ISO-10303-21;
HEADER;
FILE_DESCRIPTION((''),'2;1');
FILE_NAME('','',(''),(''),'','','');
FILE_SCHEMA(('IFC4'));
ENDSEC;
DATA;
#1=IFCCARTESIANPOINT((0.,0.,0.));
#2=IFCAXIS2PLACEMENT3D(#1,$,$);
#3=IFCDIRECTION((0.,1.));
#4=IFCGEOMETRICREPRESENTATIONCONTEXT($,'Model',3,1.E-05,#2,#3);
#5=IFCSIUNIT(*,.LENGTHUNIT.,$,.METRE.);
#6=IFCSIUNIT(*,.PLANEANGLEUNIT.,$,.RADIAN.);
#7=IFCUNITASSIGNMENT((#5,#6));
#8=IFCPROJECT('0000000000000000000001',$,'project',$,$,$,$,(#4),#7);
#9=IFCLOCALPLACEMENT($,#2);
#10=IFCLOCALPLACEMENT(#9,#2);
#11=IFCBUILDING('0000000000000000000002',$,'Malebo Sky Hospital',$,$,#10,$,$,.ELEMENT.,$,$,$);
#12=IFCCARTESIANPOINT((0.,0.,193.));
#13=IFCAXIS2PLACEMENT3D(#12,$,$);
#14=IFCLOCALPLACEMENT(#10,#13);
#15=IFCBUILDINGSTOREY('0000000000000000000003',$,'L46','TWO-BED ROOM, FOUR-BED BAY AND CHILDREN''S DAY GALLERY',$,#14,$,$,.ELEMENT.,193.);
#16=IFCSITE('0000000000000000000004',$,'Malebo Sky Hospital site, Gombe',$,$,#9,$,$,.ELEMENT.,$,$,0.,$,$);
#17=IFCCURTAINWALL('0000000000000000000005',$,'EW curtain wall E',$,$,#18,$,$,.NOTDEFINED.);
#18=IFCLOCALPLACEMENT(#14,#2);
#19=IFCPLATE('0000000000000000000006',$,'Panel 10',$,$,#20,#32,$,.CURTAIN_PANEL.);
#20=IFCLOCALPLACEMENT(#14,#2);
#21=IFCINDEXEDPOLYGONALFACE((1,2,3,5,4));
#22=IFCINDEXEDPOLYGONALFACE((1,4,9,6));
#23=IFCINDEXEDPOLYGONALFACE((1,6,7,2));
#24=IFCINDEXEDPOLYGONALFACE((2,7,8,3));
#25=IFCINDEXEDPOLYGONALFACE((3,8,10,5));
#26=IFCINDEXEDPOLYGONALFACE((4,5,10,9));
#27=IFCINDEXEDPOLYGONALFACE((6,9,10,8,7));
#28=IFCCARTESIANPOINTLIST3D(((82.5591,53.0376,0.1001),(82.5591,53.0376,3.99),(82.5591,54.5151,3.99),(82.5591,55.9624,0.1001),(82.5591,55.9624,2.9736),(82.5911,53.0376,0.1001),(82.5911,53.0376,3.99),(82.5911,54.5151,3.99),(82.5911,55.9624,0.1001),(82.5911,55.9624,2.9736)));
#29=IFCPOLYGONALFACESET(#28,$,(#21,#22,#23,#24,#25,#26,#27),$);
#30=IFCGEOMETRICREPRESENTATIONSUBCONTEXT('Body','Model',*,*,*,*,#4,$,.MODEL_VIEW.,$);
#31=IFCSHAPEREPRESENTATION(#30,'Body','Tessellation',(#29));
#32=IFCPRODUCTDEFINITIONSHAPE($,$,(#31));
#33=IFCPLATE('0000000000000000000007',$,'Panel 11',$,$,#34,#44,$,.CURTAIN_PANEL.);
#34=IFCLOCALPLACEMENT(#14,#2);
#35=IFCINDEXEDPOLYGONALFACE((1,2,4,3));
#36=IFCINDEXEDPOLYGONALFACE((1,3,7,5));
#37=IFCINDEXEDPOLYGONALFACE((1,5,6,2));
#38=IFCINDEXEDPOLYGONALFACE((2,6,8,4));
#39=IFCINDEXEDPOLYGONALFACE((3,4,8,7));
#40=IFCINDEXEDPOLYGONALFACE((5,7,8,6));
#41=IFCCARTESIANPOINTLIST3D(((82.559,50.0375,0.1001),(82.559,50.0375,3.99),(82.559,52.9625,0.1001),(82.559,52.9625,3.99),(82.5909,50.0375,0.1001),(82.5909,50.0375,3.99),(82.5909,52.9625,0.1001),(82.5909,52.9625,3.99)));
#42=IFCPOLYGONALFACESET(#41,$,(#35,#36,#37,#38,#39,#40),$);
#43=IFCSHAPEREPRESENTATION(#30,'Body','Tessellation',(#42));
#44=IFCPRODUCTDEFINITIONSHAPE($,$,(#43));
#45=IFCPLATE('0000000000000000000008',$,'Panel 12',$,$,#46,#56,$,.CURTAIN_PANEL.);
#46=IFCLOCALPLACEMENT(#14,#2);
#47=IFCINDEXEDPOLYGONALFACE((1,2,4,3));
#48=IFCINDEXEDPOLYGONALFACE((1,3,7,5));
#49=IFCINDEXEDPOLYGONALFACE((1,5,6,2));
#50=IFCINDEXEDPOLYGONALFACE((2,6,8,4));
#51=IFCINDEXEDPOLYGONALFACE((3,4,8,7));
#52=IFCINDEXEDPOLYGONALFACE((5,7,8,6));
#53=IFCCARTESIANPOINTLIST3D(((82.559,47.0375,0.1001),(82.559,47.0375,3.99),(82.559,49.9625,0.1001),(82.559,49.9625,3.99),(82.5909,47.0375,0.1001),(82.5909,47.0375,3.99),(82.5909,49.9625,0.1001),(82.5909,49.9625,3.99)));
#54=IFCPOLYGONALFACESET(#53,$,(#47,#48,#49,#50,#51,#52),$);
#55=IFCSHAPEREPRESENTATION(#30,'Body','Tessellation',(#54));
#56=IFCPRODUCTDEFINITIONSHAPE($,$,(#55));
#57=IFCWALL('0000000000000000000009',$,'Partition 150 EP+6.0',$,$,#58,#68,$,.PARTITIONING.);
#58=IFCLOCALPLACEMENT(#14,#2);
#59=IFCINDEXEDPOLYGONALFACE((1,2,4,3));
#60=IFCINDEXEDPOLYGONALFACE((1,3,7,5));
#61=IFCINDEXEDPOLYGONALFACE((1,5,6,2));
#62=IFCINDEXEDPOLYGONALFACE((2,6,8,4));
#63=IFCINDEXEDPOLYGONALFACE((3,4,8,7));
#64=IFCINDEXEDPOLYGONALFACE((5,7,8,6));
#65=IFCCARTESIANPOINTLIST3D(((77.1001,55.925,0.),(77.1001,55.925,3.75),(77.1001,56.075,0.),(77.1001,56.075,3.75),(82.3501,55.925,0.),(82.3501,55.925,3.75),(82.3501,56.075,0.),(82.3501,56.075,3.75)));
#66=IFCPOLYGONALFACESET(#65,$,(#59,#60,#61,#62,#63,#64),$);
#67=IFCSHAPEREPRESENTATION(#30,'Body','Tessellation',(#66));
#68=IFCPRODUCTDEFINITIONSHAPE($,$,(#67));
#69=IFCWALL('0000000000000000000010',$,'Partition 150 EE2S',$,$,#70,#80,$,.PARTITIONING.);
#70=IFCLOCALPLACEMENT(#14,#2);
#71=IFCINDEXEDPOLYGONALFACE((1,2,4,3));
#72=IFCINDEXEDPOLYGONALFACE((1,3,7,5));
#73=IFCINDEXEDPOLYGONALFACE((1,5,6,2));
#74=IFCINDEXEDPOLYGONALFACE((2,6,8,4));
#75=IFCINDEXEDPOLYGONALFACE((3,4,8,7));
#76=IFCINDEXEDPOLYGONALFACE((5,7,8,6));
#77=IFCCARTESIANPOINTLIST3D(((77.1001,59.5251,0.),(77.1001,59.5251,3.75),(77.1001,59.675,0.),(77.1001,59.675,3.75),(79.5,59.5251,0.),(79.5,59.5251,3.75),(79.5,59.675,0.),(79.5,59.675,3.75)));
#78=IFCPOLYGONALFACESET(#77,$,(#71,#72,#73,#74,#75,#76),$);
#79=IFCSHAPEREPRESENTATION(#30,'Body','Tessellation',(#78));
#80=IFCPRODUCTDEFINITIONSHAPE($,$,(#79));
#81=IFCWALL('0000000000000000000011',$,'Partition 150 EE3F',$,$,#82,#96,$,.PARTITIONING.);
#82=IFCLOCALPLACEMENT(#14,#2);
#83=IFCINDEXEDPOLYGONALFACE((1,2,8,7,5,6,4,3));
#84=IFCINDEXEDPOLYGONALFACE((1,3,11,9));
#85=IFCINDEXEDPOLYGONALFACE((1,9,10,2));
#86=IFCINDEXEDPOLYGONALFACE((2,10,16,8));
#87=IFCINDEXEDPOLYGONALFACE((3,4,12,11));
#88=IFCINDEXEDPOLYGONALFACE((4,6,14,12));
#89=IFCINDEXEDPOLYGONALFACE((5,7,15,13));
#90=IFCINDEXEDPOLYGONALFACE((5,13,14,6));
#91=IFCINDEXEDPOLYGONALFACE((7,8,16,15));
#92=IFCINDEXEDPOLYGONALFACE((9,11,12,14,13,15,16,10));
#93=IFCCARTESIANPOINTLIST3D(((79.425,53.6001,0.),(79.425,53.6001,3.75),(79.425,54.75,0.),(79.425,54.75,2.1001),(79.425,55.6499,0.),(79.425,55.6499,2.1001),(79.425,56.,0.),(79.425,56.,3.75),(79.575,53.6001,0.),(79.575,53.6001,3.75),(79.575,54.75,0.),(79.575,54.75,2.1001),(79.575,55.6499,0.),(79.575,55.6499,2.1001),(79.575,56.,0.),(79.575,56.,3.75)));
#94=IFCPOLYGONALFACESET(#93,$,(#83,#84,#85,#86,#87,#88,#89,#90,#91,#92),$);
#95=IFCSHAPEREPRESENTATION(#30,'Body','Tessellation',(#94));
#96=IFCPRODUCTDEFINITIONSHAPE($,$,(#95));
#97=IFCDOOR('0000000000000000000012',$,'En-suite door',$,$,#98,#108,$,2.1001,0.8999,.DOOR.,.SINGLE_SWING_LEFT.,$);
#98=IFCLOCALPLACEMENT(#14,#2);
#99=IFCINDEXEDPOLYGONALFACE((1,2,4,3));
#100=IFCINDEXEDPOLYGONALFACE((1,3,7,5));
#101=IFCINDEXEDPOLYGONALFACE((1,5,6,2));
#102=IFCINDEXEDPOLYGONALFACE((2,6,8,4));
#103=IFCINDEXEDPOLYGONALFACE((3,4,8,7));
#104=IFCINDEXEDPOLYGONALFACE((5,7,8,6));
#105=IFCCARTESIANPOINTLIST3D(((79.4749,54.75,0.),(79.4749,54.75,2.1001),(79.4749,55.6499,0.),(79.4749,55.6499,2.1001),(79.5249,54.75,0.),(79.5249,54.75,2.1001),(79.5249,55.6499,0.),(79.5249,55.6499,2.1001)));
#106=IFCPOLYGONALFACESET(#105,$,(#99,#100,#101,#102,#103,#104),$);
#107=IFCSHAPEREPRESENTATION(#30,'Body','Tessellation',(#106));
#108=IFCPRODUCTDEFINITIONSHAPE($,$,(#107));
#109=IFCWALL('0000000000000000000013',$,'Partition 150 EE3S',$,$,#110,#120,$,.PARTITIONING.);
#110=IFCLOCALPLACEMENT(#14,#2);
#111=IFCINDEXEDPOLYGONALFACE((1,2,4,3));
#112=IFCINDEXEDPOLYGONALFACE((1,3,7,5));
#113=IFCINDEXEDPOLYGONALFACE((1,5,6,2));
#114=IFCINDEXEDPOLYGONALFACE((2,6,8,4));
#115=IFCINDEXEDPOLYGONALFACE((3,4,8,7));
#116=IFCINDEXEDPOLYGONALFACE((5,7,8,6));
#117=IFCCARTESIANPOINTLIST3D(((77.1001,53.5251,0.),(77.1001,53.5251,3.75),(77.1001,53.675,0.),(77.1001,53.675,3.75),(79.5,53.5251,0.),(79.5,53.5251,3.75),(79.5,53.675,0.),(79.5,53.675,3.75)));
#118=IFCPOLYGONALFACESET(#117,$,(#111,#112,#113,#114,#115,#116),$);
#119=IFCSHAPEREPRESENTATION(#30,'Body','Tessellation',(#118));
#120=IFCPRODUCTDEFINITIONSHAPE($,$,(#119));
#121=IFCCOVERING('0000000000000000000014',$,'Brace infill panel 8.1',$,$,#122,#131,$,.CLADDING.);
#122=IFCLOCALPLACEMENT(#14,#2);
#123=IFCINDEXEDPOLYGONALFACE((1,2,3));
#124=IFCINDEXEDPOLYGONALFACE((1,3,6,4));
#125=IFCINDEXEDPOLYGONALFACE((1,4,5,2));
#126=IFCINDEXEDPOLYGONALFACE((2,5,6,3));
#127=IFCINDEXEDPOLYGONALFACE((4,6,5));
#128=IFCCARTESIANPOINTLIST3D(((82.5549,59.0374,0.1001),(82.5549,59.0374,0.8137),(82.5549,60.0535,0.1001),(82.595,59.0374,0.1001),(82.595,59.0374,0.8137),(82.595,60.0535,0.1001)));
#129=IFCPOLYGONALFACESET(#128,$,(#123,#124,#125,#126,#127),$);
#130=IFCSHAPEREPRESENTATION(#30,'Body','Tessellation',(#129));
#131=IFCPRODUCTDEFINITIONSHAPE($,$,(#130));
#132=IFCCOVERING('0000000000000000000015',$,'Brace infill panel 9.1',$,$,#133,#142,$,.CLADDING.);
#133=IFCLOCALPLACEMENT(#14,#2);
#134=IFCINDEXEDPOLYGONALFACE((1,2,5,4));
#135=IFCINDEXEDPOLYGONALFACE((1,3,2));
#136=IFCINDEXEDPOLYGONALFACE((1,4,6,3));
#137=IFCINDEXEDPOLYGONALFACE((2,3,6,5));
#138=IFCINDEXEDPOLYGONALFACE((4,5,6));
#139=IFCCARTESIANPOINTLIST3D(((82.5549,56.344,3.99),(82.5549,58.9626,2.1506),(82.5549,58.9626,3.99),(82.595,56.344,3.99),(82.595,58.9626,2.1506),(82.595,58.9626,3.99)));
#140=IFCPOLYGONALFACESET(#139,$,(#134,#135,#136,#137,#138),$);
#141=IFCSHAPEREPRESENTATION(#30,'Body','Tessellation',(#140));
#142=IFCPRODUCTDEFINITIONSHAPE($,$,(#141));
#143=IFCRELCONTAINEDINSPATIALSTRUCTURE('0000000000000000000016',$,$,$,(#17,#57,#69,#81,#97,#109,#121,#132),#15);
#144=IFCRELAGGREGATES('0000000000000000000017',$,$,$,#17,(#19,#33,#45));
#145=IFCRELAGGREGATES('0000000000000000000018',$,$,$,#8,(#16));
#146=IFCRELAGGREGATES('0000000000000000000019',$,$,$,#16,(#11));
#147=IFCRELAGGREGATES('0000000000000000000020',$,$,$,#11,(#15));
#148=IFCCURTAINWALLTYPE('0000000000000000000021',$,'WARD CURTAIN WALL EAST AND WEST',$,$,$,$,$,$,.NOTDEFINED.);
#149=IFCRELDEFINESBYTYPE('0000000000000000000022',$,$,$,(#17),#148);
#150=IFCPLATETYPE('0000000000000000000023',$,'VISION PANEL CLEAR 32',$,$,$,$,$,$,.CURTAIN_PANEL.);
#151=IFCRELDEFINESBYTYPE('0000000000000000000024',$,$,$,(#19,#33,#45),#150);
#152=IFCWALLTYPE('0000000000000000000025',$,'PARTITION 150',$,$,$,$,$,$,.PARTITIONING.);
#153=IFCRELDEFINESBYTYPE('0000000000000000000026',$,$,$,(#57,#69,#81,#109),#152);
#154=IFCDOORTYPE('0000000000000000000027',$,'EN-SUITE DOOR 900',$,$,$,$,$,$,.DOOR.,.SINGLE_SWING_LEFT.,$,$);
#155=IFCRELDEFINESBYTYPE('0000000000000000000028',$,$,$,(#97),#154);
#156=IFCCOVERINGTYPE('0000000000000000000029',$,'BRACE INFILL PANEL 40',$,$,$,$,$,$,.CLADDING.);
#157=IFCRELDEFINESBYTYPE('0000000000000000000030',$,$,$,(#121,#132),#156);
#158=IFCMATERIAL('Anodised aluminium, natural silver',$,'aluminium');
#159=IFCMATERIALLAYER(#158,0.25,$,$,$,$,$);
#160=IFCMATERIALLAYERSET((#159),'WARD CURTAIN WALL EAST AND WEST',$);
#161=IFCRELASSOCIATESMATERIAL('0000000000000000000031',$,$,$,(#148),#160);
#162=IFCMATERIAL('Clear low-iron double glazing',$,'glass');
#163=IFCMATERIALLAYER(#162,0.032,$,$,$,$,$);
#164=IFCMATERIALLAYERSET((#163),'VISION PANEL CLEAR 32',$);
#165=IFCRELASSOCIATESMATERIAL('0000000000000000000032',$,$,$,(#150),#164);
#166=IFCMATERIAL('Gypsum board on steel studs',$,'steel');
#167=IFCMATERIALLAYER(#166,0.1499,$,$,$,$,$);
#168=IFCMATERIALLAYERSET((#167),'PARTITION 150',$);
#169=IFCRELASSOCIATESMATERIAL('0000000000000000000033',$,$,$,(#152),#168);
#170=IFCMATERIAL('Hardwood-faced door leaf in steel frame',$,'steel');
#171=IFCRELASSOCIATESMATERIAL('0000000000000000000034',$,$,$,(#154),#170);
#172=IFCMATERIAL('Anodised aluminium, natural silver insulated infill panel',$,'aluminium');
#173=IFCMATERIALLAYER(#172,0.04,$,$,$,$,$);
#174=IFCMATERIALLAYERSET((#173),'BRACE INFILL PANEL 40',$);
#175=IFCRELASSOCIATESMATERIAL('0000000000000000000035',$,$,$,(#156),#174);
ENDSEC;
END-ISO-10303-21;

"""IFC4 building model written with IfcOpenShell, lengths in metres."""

from ifc_helpers import new_model, si_unit, direction, frame, frame_2d, origin, origin_2d, place, context, subcontext, project, spatial, polyline, rectangle, outline, extrude, material, layer, layer_set, type_object, element, fill, aggregate, save


model = new_model("IFC4")

# Units and contexts
model_context = context("Model", 3, precision=1e-05, world=origin(), true_north=direction((0.0, 1.0)))
body_context = subcontext(model_context, "Body", "Model", "MODEL_VIEW")
ifc_project = project(units=[si_unit("LENGTHUNIT", "METRE"), si_unit("PLANEANGLEUNIT", "RADIAN")], contexts=[model_context])

# Site, building, storey
site_placement = place(None, origin())
site = spatial("IfcSite", under=ifc_project, at=site_placement, Name="Malebo Sky Hospital site, Gombe", CompositionType="ELEMENT", RefElevation=0.0)
building_placement = place(site_placement, origin())
building = spatial("IfcBuilding", under=site, at=building_placement, Name="Malebo Sky Hospital", CompositionType="ELEMENT")
storey_placement = place(building_placement, frame((0.0, 0.0, 193.0)))
storey = spatial("IfcBuildingStorey", under=building, at=storey_placement, Name="L46", Description="TWO-BED ROOM, FOUR-BED BAY AND CHILDREN'S DAY GALLERY", CompositionType="ELEMENT", Elevation=193.0)

# Curtain wall
ifc_material_1 = material(Name="Anodised aluminium, natural silver", Category="aluminium")
ifc_layer_1 = layer(ifc_material_1, 0.25)
ifc_layer_set_1 = layer_set([ifc_layer_1], Name="WARD CURTAIN WALL EAST AND WEST")
curtain_wall_type = type_object("IfcCurtainWallType", Name="WARD CURTAIN WALL EAST AND WEST", PredefinedType="NOTDEFINED", material=ifc_layer_set_1)
curtain_wall_placement = place(storey_placement, origin())
curtain_wall = element("IfcCurtainWall", 1, at=curtain_wall_placement, inside=storey, type_object=curtain_wall_type, Name="EW curtain wall E", PredefinedType="NOTDEFINED")

# Plates
ifc_material_2 = material(Name="Clear low-iron double glazing", Category="glass")
ifc_layer_2 = layer(ifc_material_2, 0.032)
ifc_layer_set_2 = layer_set([ifc_layer_2], Name="VISION PANEL CLEAR 32")
plate_type = type_object("IfcPlateType", Name="VISION PANEL CLEAR 32", PredefinedType="CURTAIN_PANEL", material=ifc_layer_set_2)
plate_1_placement = place(storey_placement, frame((82.575, 54.5, 0.1001), z_axis=(0.0, 0.0, 1.0), x_axis=(0.0, -1.0, 0.0)))
plate_1 = element("IfcPlate", 2, at=plate_1_placement, type_object=plate_type, Name="Panel 10", PredefinedType="CURTAIN_PANEL", context=body_context, shape_type="SweptSolid", body=[
    extrude(outline(polyline([(-1.4624, 0.0), (1.4624, 0.0), (1.4624, 3.8899), (-0.0151, 3.8899), (-1.4624, 2.8735), (-1.4624, 0.0)])), frame((0.0, 0.0161, 0.0), z_axis=(0.0, -1.0, 0.0), x_axis=(1.0, 0.0, 0.0)), (0.0, 0.0, 1.0), 0.032),
])
plate_2_placement = place(storey_placement, frame((82.575, 51.5, 0.1001), z_axis=(0.0, 0.0, 1.0), x_axis=(0.0, -1.0, 0.0)))
plate_2 = element("IfcPlate", 3, at=plate_2_placement, type_object=plate_type, Name="Panel 11", PredefinedType="CURTAIN_PANEL", context=body_context, shape_type="SweptSolid", body=[
    extrude(rectangle(XDim=2.925, YDim=0.032, at=origin_2d()), origin(), (0.0, 0.0, 1.0), 3.8899),
])
plate_3_placement = place(storey_placement, frame((82.575, 48.5, 0.1001), z_axis=(0.0, 0.0, 1.0), x_axis=(0.0, -1.0, 0.0)))
plate_3 = element("IfcPlate", 4, at=plate_3_placement, type_object=plate_type, Name="Panel 12", PredefinedType="CURTAIN_PANEL", context=body_context, shape_type="SweptSolid", body=[
    extrude(rectangle(XDim=2.925, YDim=0.032, at=origin_2d()), origin(), (0.0, 0.0, 1.0), 3.8899),
])
aggregate(curtain_wall, [plate_1, plate_2, plate_3])

# Walls
ifc_material_3 = material(Name="Gypsum board on steel studs", Category="steel")
ifc_layer_3 = layer(ifc_material_3, 0.1499)
ifc_layer_set_3 = layer_set([ifc_layer_3], Name="PARTITION 150")
wall_type = type_object("IfcWallType", Name="PARTITION 150", PredefinedType="PARTITIONING", material=ifc_layer_set_3)
wall_1_placement = place(storey_placement, frame((77.1001, 56.0, 0.0), z_axis=(0.0, 0.0, 1.0), x_axis=(1.0, 0.0, 0.0)))
element("IfcWall", 5, at=wall_1_placement, inside=storey, type_object=wall_type, Name="Partition 150 EP+6.0", PredefinedType="PARTITIONING", context=body_context, shape_type="SweptSolid", body=[
    extrude(rectangle(XDim=5.25, YDim=0.1499, at=frame_2d((2.625, 0.0))), origin(), (0.0, 0.0, 1.0), 3.75),
])
wall_2_placement = place(storey_placement, frame((77.1001, 59.6001, 0.0), z_axis=(0.0, 0.0, 1.0), x_axis=(1.0, 0.0, 0.0)))
element("IfcWall", 6, at=wall_2_placement, inside=storey, type_object=wall_type, Name="Partition 150 EE2S", PredefinedType="PARTITIONING", context=body_context, shape_type="SweptSolid", body=[
    extrude(rectangle(XDim=2.3999, YDim=0.1499, at=frame_2d((1.2, 0.0))), origin(), (0.0, 0.0, 1.0), 3.75),
])

# Wall, opening, door
wall_3_placement = place(storey_placement, frame((79.5, 56.0, 0.0), z_axis=(0.0, 0.0, 1.0), x_axis=(0.0, -1.0, 0.0)))
wall_3 = element("IfcWall", 7, at=wall_3_placement, inside=storey, type_object=wall_type, Name="Partition 150 EE3F", PredefinedType="PARTITIONING", context=body_context, shape_type="SweptSolid", body=[
    extrude(rectangle(XDim=2.3999, YDim=0.1499, at=frame_2d((1.2, 0.0))), origin(), (0.0, 0.0, 1.0), 3.75),
])
opening_placement = place(wall_3_placement, frame((0.3501, 0.0, 0.0)))
opening = element("IfcOpeningElement", 8, at=opening_placement, cuts=wall_3, PredefinedType="OPENING", context=body_context, shape_type="SweptSolid", body=[
    extrude(rectangle(XDim=0.8999, YDim=2.1001, at=frame_2d((0.45, 1.05))), frame((0.0, 0.085, 0.0), z_axis=(0.0, -1.0, 0.0), x_axis=(1.0, 0.0, 0.0)), (0.0, 0.0, 1.0), 0.1699),
])
ifc_material_4 = material(Name="Hardwood-faced door leaf in steel frame", Category="steel")
door_type = type_object("IfcDoorType", Name="EN-SUITE DOOR 900", OperationType="SINGLE_SWING_LEFT", PredefinedType="DOOR", material=ifc_material_4)
door_placement = place(opening_placement, origin())
door = element("IfcDoor", 9, at=door_placement, inside=storey, type_object=door_type, Name="En-suite door", OperationType="SINGLE_SWING_LEFT", OverallHeight=2.1001, OverallWidth=0.8999, PredefinedType="DOOR", context=body_context, shape_type="SweptSolid", body=[
    extrude(rectangle(XDim=0.8999, YDim=2.1001, at=frame_2d((0.45, 1.05))), frame((0.0, 0.0249, 0.0), z_axis=(0.0, -1.0, 0.0), x_axis=(1.0, 0.0, 0.0)), (0.0, 0.0, 1.0), 0.05),
])
fill(opening, door)

# Wall
wall_4_placement = place(storey_placement, frame((77.1001, 53.6001, 0.0), z_axis=(0.0, 0.0, 1.0), x_axis=(1.0, 0.0, 0.0)))
element("IfcWall", 10, at=wall_4_placement, inside=storey, type_object=wall_type, Name="Partition 150 EE3S", PredefinedType="PARTITIONING", context=body_context, shape_type="SweptSolid", body=[
    extrude(rectangle(XDim=2.3999, YDim=0.1499, at=frame_2d((1.2, 0.0))), origin(), (0.0, 0.0, 1.0), 3.75),
])

# Coverings
ifc_material_5 = material(Name="Anodised aluminium, natural silver insulated infill panel", Category="aluminium")
ifc_layer_4 = layer(ifc_material_5, 0.04)
ifc_layer_set_4 = layer_set([ifc_layer_4], Name="BRACE INFILL PANEL 40")
covering_type = type_object("IfcCoveringType", Name="BRACE INFILL PANEL 40", PredefinedType="CLADDING", material=ifc_layer_set_4)
covering_1_placement = place(storey_placement, frame((82.575, 59.5454, 0.1001), z_axis=(0.0, 0.0, 1.0), x_axis=(0.0, -1.0, 0.0)))
element("IfcCovering", 11, at=covering_1_placement, inside=storey, type_object=covering_type, Name="Brace infill panel 8.1", PredefinedType="CLADDING", context=body_context, shape_type="SweptSolid", body=[
    extrude(outline(polyline([(-0.5081, 0.0), (0.5081, 0.0), (0.5081, 0.7136), (-0.5081, 0.0)])), frame((0.0, 0.02, 0.0), z_axis=(0.0, -1.0, 0.0), x_axis=(1.0, 0.0, 0.0)), (0.0, 0.0, 1.0), 0.04),
])
covering_2_placement = place(storey_placement, frame((82.575, 57.6533, 2.1506), z_axis=(0.0, 0.0, 1.0), x_axis=(0.0, -1.0, 0.0)))
element("IfcCovering", 12, at=covering_2_placement, inside=storey, type_object=covering_type, Name="Brace infill panel 9.1", PredefinedType="CLADDING", context=body_context, shape_type="SweptSolid", body=[
    extrude(outline(polyline([(-1.3093, 0.0), (1.3093, 1.8394), (-1.3093, 1.8394), (-1.3093, 0.0)])), frame((0.0, 0.02, 0.0), z_axis=(0.0, -1.0, 0.0), x_axis=(1.0, 0.0, 0.0)), (0.0, 0.0, 1.0), 0.04),
])

save(model, "model.ifc")
